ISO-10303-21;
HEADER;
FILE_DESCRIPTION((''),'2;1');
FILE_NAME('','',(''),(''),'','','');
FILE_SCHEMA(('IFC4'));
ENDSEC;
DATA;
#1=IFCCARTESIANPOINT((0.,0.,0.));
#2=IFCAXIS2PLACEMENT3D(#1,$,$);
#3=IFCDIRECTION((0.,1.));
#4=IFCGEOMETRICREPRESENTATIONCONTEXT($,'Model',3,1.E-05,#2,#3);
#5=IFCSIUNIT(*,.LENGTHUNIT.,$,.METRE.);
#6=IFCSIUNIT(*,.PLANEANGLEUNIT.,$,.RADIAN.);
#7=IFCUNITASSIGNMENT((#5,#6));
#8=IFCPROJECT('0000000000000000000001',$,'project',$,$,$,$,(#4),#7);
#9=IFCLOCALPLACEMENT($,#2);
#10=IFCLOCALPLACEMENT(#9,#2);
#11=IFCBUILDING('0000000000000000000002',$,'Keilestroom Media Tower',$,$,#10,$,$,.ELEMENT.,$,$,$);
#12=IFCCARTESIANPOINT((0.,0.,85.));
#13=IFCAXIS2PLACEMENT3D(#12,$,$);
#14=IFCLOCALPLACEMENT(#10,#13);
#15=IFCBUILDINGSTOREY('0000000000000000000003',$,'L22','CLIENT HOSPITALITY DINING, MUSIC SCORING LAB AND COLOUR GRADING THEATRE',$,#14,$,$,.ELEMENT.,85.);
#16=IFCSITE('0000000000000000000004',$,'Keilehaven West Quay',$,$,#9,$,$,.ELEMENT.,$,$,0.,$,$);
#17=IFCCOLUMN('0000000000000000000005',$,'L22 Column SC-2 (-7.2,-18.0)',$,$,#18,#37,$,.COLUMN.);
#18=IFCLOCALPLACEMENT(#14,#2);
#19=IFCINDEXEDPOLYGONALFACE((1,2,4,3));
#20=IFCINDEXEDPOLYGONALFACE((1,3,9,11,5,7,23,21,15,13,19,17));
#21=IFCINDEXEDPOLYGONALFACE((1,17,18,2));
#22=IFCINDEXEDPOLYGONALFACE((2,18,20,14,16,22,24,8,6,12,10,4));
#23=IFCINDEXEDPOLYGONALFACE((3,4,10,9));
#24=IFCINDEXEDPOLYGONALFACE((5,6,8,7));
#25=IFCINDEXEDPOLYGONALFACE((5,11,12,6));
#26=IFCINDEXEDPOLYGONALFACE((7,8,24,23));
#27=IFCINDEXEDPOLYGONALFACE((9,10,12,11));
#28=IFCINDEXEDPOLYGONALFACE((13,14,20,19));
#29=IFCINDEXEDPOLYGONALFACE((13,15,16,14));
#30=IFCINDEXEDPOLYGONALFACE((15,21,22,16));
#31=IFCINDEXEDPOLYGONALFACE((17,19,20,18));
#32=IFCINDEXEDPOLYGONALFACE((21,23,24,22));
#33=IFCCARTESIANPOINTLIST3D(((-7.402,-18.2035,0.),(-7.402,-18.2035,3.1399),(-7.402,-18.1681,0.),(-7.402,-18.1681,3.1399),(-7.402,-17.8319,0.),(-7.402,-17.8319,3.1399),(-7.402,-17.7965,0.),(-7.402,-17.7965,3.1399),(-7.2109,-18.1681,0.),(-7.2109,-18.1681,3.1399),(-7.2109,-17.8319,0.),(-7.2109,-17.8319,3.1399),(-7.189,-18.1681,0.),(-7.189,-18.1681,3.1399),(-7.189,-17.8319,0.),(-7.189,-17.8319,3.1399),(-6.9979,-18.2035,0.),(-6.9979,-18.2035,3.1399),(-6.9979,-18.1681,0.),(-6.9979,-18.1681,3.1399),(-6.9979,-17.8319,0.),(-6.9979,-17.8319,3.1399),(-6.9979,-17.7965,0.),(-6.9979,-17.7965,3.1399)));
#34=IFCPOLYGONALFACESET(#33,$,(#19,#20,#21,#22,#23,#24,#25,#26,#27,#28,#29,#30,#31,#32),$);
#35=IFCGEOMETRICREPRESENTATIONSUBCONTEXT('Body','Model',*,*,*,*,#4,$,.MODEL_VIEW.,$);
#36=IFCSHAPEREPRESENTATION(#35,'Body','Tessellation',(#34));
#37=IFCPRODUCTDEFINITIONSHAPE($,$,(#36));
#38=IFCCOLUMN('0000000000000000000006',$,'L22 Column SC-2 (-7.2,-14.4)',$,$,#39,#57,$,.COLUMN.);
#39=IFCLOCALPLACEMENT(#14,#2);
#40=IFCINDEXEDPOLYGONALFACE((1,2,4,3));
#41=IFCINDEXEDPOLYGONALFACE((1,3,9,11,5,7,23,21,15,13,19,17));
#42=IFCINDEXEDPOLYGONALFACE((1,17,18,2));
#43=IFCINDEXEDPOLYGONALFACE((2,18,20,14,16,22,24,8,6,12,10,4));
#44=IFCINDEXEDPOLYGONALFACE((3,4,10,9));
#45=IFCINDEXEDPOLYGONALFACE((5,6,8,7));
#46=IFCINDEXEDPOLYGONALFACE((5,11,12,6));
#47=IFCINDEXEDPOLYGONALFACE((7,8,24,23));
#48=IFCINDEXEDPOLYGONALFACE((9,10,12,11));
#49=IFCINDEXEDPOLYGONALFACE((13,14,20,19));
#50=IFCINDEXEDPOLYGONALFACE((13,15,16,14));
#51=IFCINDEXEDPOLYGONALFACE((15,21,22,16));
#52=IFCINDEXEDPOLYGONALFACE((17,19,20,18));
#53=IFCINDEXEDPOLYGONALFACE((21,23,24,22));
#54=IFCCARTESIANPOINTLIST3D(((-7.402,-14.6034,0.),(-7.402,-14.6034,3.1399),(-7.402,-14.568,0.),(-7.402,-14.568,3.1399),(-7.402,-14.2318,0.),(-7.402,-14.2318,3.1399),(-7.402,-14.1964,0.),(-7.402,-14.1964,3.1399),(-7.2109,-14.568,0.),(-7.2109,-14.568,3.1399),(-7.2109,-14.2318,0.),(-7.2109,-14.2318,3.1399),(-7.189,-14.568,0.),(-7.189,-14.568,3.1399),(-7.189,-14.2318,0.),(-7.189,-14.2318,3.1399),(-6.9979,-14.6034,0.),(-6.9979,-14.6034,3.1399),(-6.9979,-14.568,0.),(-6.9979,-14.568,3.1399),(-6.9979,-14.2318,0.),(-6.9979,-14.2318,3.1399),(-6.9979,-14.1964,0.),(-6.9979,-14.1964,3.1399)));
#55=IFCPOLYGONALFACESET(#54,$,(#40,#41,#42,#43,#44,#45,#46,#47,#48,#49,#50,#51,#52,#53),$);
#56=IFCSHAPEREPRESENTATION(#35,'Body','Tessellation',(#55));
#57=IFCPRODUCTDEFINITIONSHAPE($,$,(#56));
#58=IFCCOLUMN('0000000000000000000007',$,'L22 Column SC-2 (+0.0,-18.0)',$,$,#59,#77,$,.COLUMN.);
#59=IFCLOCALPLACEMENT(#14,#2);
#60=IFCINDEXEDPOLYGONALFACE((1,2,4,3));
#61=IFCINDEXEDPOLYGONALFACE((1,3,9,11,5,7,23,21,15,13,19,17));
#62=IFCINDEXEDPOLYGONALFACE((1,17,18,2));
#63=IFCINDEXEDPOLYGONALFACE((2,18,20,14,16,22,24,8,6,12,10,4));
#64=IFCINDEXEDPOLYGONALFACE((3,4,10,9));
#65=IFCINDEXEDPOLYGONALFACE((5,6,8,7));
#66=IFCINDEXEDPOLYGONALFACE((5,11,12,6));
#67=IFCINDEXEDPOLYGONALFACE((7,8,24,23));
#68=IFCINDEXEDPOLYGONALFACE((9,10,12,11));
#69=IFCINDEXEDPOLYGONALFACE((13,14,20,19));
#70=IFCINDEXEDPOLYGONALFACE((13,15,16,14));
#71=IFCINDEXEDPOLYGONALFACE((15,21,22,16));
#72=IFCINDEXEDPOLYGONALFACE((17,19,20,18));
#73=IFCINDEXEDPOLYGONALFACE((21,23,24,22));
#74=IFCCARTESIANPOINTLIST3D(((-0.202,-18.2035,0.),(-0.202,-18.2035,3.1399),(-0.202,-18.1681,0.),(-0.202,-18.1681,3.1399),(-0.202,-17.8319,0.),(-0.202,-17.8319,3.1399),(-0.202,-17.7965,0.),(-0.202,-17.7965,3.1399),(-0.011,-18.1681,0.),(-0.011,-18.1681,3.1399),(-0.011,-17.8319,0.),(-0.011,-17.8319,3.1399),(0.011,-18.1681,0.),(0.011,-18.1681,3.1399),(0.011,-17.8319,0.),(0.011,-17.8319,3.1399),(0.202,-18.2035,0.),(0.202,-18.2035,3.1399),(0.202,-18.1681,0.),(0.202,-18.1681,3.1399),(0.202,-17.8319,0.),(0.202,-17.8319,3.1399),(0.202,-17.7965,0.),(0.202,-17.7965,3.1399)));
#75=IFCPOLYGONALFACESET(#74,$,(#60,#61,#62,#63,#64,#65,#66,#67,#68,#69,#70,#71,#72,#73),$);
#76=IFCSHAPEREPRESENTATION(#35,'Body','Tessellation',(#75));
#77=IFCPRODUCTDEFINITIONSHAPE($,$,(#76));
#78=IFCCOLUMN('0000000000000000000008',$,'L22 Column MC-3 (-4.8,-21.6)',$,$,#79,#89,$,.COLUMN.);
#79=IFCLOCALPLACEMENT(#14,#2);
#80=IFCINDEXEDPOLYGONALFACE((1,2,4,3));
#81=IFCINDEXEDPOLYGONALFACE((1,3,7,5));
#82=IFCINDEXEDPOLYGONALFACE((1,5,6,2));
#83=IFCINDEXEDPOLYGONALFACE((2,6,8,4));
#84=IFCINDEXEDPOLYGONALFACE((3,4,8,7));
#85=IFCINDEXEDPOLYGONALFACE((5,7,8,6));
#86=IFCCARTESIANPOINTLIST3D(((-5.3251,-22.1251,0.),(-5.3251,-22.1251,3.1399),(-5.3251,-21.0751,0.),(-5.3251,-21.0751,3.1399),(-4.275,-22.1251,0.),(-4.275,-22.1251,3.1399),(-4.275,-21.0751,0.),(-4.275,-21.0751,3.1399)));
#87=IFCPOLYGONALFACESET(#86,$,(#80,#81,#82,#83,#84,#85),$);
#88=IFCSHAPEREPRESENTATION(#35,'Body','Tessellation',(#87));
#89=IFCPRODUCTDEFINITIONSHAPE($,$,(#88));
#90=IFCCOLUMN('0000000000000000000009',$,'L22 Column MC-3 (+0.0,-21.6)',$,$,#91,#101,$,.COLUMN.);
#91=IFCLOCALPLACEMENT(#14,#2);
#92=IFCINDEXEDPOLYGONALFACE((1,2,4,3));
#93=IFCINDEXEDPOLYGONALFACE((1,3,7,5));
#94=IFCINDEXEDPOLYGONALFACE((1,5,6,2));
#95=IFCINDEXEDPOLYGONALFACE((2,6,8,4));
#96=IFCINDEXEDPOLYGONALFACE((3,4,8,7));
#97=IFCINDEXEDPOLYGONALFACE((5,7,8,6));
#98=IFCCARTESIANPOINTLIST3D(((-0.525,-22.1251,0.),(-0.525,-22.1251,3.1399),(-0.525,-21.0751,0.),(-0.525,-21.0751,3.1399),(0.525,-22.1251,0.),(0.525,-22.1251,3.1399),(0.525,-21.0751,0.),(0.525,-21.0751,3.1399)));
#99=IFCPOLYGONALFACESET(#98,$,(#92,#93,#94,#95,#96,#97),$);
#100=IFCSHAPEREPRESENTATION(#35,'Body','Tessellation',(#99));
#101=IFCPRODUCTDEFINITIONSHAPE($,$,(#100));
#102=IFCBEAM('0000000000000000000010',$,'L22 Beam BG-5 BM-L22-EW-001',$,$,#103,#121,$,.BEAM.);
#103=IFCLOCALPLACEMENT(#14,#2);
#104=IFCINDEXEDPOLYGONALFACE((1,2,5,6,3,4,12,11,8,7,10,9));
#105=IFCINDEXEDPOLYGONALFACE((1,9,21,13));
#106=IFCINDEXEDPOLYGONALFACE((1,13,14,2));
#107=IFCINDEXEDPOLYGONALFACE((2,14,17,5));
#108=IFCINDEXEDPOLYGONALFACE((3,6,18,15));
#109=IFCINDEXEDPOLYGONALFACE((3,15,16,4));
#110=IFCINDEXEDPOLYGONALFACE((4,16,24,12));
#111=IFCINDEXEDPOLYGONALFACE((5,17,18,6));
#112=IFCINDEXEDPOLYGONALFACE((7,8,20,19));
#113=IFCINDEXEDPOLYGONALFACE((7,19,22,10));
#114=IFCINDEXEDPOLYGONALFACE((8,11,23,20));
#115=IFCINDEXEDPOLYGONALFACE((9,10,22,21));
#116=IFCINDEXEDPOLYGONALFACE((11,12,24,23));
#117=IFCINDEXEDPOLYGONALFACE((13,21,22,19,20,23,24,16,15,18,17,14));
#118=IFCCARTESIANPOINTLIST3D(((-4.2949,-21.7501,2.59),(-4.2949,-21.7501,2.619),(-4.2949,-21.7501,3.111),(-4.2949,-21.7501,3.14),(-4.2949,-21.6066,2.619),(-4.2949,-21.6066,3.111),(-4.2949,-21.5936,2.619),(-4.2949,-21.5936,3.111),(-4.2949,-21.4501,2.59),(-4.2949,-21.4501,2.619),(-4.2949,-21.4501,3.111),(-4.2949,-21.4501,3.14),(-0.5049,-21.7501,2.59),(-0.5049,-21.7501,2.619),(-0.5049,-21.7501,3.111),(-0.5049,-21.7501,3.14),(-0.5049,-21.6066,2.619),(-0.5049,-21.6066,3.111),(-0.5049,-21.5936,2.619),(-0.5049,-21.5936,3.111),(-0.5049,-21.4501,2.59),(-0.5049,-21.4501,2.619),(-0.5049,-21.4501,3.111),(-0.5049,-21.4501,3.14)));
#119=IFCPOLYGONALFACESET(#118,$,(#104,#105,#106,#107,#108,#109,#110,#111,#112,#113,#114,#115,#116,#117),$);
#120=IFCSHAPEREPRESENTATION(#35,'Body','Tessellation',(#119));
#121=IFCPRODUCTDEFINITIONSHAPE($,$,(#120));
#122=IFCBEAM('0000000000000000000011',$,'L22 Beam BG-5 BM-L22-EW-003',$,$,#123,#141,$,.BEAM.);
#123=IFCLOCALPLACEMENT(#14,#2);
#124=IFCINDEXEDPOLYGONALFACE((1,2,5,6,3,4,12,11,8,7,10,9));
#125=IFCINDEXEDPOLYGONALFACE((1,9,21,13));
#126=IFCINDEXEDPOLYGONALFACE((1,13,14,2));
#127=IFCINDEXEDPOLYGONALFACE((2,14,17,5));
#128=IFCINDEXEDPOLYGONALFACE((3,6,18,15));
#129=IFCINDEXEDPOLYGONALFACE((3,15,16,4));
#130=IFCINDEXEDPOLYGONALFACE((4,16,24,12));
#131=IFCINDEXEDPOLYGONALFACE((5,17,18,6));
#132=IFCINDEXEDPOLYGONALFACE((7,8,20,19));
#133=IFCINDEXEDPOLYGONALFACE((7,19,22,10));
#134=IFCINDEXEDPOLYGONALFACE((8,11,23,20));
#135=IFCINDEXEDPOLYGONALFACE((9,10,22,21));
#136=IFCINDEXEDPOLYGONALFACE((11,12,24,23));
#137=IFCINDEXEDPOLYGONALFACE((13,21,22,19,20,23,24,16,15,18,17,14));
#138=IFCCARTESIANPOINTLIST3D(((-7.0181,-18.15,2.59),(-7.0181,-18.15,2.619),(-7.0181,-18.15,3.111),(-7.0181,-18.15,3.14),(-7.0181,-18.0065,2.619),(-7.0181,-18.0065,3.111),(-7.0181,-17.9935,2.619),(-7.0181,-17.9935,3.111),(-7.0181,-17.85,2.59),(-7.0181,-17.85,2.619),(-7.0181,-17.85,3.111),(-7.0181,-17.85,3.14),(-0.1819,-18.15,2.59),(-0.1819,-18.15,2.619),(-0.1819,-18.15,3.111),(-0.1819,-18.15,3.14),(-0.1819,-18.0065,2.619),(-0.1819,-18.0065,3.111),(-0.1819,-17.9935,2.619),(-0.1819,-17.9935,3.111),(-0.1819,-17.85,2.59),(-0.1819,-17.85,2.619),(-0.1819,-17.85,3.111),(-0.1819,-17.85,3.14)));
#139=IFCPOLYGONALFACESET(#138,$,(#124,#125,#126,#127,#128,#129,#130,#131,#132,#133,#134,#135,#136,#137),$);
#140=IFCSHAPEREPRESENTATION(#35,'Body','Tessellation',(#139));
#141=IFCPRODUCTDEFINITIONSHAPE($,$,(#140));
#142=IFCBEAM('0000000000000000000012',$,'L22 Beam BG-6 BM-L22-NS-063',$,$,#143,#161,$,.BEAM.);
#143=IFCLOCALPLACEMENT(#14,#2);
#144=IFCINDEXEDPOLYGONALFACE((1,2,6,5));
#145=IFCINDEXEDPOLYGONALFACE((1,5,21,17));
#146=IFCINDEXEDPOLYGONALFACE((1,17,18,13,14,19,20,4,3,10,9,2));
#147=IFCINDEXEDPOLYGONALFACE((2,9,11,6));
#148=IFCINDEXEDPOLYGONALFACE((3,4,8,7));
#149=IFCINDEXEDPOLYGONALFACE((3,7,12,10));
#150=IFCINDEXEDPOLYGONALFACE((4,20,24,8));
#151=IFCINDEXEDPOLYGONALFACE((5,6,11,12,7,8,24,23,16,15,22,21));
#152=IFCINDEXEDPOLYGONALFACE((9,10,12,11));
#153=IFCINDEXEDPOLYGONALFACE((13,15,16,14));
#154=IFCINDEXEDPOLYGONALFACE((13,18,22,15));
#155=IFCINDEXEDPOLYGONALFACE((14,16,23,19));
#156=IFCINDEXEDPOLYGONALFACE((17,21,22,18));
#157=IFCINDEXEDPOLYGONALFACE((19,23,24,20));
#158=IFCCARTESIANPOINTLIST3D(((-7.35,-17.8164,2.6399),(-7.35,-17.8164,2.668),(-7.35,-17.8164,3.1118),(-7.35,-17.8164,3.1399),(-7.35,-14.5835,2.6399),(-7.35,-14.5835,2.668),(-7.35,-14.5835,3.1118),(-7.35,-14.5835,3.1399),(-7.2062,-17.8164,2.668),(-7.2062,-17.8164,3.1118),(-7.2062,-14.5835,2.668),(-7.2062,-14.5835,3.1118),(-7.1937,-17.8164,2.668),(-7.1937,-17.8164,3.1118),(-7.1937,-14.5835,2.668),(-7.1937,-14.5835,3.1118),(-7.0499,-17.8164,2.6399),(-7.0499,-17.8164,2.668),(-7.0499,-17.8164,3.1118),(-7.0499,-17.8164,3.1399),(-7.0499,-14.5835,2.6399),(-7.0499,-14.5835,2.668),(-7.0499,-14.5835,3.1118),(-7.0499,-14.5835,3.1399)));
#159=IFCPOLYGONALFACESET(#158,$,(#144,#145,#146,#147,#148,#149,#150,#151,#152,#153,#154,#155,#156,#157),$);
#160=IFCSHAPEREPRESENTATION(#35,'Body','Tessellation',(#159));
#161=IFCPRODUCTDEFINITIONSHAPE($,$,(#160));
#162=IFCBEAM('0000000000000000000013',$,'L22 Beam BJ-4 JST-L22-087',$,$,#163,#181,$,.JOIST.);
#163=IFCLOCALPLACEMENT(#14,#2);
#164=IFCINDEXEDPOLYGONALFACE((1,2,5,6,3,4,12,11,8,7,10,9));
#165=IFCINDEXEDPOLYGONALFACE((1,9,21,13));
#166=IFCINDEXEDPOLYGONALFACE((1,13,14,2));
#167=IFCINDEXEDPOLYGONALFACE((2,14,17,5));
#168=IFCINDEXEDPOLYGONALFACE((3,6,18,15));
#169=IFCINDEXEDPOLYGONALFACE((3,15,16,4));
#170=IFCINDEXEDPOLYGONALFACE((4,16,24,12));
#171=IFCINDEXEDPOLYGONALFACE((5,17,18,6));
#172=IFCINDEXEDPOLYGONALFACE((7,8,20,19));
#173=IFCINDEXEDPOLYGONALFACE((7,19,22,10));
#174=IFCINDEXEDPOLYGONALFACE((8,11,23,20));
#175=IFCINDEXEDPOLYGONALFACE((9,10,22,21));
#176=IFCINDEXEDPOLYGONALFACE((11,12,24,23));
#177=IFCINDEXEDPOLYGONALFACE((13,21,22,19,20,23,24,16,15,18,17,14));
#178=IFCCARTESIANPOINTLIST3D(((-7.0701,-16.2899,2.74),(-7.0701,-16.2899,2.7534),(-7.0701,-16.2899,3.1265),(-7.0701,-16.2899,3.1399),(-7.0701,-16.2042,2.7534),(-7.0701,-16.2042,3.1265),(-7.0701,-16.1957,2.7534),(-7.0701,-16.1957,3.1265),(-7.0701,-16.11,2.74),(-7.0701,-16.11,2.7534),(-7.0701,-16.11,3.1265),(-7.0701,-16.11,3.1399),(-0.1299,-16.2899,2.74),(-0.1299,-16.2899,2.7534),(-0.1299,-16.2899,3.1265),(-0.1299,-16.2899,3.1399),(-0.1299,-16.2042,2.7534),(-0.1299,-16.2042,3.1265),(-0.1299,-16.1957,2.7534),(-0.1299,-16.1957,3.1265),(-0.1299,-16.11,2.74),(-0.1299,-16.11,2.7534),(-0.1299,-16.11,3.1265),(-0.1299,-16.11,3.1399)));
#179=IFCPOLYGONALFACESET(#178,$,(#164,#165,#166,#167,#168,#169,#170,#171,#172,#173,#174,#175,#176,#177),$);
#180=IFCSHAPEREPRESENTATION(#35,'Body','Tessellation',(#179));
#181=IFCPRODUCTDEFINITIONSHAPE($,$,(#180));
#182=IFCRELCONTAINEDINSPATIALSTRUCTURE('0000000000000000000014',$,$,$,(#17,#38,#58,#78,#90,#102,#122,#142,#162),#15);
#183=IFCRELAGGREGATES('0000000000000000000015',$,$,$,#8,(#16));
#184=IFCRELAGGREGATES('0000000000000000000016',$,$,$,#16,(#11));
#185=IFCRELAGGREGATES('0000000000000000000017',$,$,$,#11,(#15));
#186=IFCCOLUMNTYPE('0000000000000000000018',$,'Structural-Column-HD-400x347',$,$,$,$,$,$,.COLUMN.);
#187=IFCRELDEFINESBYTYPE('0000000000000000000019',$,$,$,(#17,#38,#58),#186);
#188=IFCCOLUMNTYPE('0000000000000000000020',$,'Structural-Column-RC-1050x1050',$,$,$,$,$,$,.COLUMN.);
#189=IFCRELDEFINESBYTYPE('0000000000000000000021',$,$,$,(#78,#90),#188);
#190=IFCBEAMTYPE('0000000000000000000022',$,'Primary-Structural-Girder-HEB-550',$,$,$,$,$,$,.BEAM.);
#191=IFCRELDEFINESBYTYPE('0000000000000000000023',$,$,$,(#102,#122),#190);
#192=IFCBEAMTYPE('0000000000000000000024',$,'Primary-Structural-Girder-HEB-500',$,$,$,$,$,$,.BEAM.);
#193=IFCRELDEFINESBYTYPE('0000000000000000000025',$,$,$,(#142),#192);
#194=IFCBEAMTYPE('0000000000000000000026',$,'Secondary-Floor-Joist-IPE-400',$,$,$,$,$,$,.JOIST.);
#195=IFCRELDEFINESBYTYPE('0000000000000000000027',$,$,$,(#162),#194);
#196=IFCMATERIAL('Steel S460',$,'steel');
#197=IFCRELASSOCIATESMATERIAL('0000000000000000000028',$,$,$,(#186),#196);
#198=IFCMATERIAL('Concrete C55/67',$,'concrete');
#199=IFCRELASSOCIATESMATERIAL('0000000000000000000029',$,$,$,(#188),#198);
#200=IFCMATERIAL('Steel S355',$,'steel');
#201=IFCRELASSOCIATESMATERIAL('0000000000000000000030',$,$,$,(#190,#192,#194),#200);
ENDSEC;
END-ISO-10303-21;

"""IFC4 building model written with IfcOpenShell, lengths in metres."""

from ifc_helpers import new_model, si_unit, direction, frame, origin, origin_2d, place, context, subcontext, project, spatial, rectangle, i_section, extrude, source, transform, mapped, material, material_profile, profile_set, type_object, element, save


model = new_model("IFC4")

# Units and contexts
model_context = context("Model", 3, precision=1e-05, world=origin(), true_north=direction((0.0, 1.0)))
body_context = subcontext(model_context, "Body", "Model", "MODEL_VIEW")
ifc_project = project(units=[si_unit("LENGTHUNIT", "METRE"), si_unit("PLANEANGLEUNIT", "RADIAN")], contexts=[model_context])

# Site, building, storey
site_placement = place(None, origin())
site = spatial("IfcSite", under=ifc_project, at=site_placement, Name="Keilehaven West Quay", CompositionType="ELEMENT", RefElevation=0.0)
building_placement = place(site_placement, origin())
building = spatial("IfcBuilding", under=site, at=building_placement, Name="Keilestroom Media Tower", CompositionType="ELEMENT")
storey_placement = place(building_placement, frame((0.0, 0.0, 85.0)))
storey = spatial("IfcBuildingStorey", under=building, at=storey_placement, Name="L22", Description="CLIENT HOSPITALITY DINING, MUSIC SCORING LAB AND COLOUR GRADING THEATRE", CompositionType="ELEMENT", Elevation=85.0)

# Columns
ifc_material_1 = material(Name="Steel S460", Category="steel")
ifc_material_profile_1 = material_profile(ifc_material_1, i_section(OverallWidth=0.4041, OverallDepth=0.407, WebThickness=0.022, FlangeThickness=0.0354, at=origin_2d()), Name="HD 400x347")
ifc_profile_set_1 = profile_set([ifc_material_profile_1], Name="Steel S460")
column_type_1 = type_object("IfcColumnType", Name="Structural-Column-HD-400x347", PredefinedType="COLUMN", material=ifc_profile_set_1)
shared_shape_1 = source(origin(), body_context, "Body", "SweptSolid", [
    extrude(i_section(OverallWidth=0.4041, OverallDepth=0.407, WebThickness=0.022, FlangeThickness=0.0354, at=origin_2d()), origin(), (0.0, 0.0, 1.0), 3.1399),
])
for number, where, z_axis, x_axis, name in (
    (1, (-7.2, -18.0, 0.0), (0.0, 0.0, 1.0), (1.0, 0.0, 0.0), "L22 Column SC-2 (-7.2,-18.0)"),
    (2, (-7.2, -14.3999, 0.0), (0.0, 0.0, 1.0), (1.0, 0.0, 0.0), "L22 Column SC-2 (-7.2,-14.4)"),
    (3, (0.0, -18.0, 0.0), (0.0, 0.0, 1.0), (1.0, 0.0, 0.0), "L22 Column SC-2 (+0.0,-18.0)"),
):
    element("IfcColumn", number, at=place(storey_placement, frame(where, z_axis=z_axis, x_axis=x_axis)), inside=storey, type_object=column_type_1, Name=name, PredefinedType="COLUMN", context=body_context, shape_type="MappedRepresentation", body=[
        mapped(shared_shape_1, transform((0.0, 0.0, 0.0), x_axis=(1.0, 0.0, 0.0), y_axis=(0.0, 1.0, 0.0), z_axis=(0.0, 0.0, 1.0), scale=1.0)),
    ])
ifc_material_2 = material(Name="Concrete C55/67", Category="concrete")
ifc_material_profile_2 = material_profile(ifc_material_2, rectangle(XDim=1.05, YDim=1.05, at=origin_2d()), Name="RC 1050x1050")
ifc_profile_set_2 = profile_set([ifc_material_profile_2], Name="Concrete C55/67")
column_type_2 = type_object("IfcColumnType", Name="Structural-Column-RC-1050x1050", PredefinedType="COLUMN", material=ifc_profile_set_2)
shared_shape_2 = source(origin(), body_context, "Body", "SweptSolid", [
    extrude(rectangle(XDim=1.05, YDim=1.05, at=origin_2d()), origin(), (0.0, 0.0, 1.0), 3.1399),
])
for number, where, z_axis, x_axis, name in (
    (4, (-4.8, -21.6001, 0.0), (0.0, 0.0, 1.0), (1.0, 0.0, 0.0), "L22 Column MC-3 (-4.8,-21.6)"),
    (5, (0.0, -21.6001, 0.0), (0.0, 0.0, 1.0), (1.0, 0.0, 0.0), "L22 Column MC-3 (+0.0,-21.6)"),
):
    element("IfcColumn", number, at=place(storey_placement, frame(where, z_axis=z_axis, x_axis=x_axis)), inside=storey, type_object=column_type_2, Name=name, PredefinedType="COLUMN", context=body_context, shape_type="MappedRepresentation", body=[
        mapped(shared_shape_2, transform((0.0, 0.0, 0.0), x_axis=(1.0, 0.0, 0.0), y_axis=(0.0, 1.0, 0.0), z_axis=(0.0, 0.0, 1.0), scale=1.0)),
    ])

# Beams
ifc_material_3 = material(Name="Steel S355", Category="steel")
ifc_material_profile_3 = material_profile(ifc_material_3, i_section(OverallWidth=0.3, OverallDepth=0.55, WebThickness=0.0129, FlangeThickness=0.0291, at=origin_2d()), Name="HEB 550")
ifc_profile_set_3 = profile_set([ifc_material_profile_3], Name="Steel S355")
beam_type_1 = type_object("IfcBeamType", Name="Primary-Structural-Girder-HEB-550", PredefinedType="BEAM", material=ifc_profile_set_3)
shared_shape_3 = source(origin(), body_context, "Body", "SweptSolid", [
    extrude(i_section(OverallWidth=0.3, OverallDepth=0.55, WebThickness=0.0129, FlangeThickness=0.0291, at=origin_2d()), origin(), (0.0, 0.0, 1.0), 3.79),
])
beam_1_placement = place(storey_placement, frame((-4.2949, -21.6001, 2.865), z_axis=(1.0, 0.0, 0.0), x_axis=(0.0, 1.0, 0.0)))
element("IfcBeam", 6, at=beam_1_placement, inside=storey, type_object=beam_type_1, Name="L22 Beam BG-5 BM-L22-EW-001", PredefinedType="BEAM", context=body_context, shape_type="MappedRepresentation", body=[
    mapped(shared_shape_3, transform((0.0, 0.0, 0.0), x_axis=(1.0, 0.0, 0.0), y_axis=(0.0, 1.0, 0.0), z_axis=(0.0, 0.0, 1.0), scale=1.0)),
])
shared_shape_4 = source(origin(), body_context, "Body", "SweptSolid", [
    extrude(i_section(OverallWidth=0.3, OverallDepth=0.55, WebThickness=0.0129, FlangeThickness=0.0291, at=origin_2d()), origin(), (0.0, 0.0, 1.0), 6.8362),
])
beam_2_placement = place(storey_placement, frame((-7.0181, -18.0, 2.865), z_axis=(1.0, 0.0, 0.0), x_axis=(0.0, 1.0, 0.0)))
element("IfcBeam", 7, at=beam_2_placement, inside=storey, type_object=beam_type_1, Name="L22 Beam BG-5 BM-L22-EW-003", PredefinedType="BEAM", context=body_context, shape_type="MappedRepresentation", body=[
    mapped(shared_shape_4, transform((0.0, 0.0, 0.0), x_axis=(1.0, 0.0, 0.0), y_axis=(0.0, 1.0, 0.0), z_axis=(0.0, 0.0, 1.0), scale=1.0)),
])
ifc_material_profile_4 = material_profile(ifc_material_3, i_section(OverallWidth=0.3, OverallDepth=0.5, WebThickness=0.0125, FlangeThickness=0.0281, at=origin_2d()), Name="HEB 500")
ifc_profile_set_4 = profile_set([ifc_material_profile_4], Name="Steel S355")
beam_type_2 = type_object("IfcBeamType", Name="Primary-Structural-Girder-HEB-500", PredefinedType="BEAM", material=ifc_profile_set_4)
shared_shape_5 = source(origin(), body_context, "Body", "SweptSolid", [
    extrude(i_section(OverallWidth=0.3, OverallDepth=0.5, WebThickness=0.0125, FlangeThickness=0.0281, at=origin_2d()), origin(), (0.0, 0.0, 1.0), 3.2329),
])
beam_3_placement = place(storey_placement, frame((-7.2, -17.8164, 2.8899), z_axis=(0.0, 1.0, 0.0), x_axis=(-1.0, 0.0, 0.0)))
element("IfcBeam", 8, at=beam_3_placement, inside=storey, type_object=beam_type_2, Name="L22 Beam BG-6 BM-L22-NS-063", PredefinedType="BEAM", context=body_context, shape_type="MappedRepresentation", body=[
    mapped(shared_shape_5, transform((0.0, 0.0, 0.0), x_axis=(1.0, 0.0, 0.0), y_axis=(0.0, 1.0, 0.0), z_axis=(0.0, 0.0, 1.0), scale=1.0)),
])
ifc_material_profile_5 = material_profile(ifc_material_3, i_section(OverallWidth=0.1799, OverallDepth=0.3999, WebThickness=0.0085, FlangeThickness=0.0134, at=origin_2d()), Name="IPE 400")
ifc_profile_set_5 = profile_set([ifc_material_profile_5], Name="Steel S355")
beam_type_3 = type_object("IfcBeamType", Name="Secondary-Floor-Joist-IPE-400", PredefinedType="JOIST", material=ifc_profile_set_5)
shared_shape_6 = source(origin(), body_context, "Body", "SweptSolid", [
    extrude(i_section(OverallWidth=0.1799, OverallDepth=0.3999, WebThickness=0.0085, FlangeThickness=0.0134, at=origin_2d()), origin(), (0.0, 0.0, 1.0), 6.9402),
])
beam_4_placement = place(storey_placement, frame((-7.0701, -16.2, 2.9399), z_axis=(1.0, 0.0, 0.0), x_axis=(0.0, 1.0, 0.0)))
element("IfcBeam", 9, at=beam_4_placement, inside=storey, type_object=beam_type_3, Name="L22 Beam BJ-4 JST-L22-087", PredefinedType="JOIST", context=body_context, shape_type="MappedRepresentation", body=[
    mapped(shared_shape_6, transform((0.0, 0.0, 0.0), x_axis=(1.0, 0.0, 0.0), y_axis=(0.0, 1.0, 0.0), z_axis=(0.0, 0.0, 1.0), scale=1.0)),
])

save(model, "model.ifc")
